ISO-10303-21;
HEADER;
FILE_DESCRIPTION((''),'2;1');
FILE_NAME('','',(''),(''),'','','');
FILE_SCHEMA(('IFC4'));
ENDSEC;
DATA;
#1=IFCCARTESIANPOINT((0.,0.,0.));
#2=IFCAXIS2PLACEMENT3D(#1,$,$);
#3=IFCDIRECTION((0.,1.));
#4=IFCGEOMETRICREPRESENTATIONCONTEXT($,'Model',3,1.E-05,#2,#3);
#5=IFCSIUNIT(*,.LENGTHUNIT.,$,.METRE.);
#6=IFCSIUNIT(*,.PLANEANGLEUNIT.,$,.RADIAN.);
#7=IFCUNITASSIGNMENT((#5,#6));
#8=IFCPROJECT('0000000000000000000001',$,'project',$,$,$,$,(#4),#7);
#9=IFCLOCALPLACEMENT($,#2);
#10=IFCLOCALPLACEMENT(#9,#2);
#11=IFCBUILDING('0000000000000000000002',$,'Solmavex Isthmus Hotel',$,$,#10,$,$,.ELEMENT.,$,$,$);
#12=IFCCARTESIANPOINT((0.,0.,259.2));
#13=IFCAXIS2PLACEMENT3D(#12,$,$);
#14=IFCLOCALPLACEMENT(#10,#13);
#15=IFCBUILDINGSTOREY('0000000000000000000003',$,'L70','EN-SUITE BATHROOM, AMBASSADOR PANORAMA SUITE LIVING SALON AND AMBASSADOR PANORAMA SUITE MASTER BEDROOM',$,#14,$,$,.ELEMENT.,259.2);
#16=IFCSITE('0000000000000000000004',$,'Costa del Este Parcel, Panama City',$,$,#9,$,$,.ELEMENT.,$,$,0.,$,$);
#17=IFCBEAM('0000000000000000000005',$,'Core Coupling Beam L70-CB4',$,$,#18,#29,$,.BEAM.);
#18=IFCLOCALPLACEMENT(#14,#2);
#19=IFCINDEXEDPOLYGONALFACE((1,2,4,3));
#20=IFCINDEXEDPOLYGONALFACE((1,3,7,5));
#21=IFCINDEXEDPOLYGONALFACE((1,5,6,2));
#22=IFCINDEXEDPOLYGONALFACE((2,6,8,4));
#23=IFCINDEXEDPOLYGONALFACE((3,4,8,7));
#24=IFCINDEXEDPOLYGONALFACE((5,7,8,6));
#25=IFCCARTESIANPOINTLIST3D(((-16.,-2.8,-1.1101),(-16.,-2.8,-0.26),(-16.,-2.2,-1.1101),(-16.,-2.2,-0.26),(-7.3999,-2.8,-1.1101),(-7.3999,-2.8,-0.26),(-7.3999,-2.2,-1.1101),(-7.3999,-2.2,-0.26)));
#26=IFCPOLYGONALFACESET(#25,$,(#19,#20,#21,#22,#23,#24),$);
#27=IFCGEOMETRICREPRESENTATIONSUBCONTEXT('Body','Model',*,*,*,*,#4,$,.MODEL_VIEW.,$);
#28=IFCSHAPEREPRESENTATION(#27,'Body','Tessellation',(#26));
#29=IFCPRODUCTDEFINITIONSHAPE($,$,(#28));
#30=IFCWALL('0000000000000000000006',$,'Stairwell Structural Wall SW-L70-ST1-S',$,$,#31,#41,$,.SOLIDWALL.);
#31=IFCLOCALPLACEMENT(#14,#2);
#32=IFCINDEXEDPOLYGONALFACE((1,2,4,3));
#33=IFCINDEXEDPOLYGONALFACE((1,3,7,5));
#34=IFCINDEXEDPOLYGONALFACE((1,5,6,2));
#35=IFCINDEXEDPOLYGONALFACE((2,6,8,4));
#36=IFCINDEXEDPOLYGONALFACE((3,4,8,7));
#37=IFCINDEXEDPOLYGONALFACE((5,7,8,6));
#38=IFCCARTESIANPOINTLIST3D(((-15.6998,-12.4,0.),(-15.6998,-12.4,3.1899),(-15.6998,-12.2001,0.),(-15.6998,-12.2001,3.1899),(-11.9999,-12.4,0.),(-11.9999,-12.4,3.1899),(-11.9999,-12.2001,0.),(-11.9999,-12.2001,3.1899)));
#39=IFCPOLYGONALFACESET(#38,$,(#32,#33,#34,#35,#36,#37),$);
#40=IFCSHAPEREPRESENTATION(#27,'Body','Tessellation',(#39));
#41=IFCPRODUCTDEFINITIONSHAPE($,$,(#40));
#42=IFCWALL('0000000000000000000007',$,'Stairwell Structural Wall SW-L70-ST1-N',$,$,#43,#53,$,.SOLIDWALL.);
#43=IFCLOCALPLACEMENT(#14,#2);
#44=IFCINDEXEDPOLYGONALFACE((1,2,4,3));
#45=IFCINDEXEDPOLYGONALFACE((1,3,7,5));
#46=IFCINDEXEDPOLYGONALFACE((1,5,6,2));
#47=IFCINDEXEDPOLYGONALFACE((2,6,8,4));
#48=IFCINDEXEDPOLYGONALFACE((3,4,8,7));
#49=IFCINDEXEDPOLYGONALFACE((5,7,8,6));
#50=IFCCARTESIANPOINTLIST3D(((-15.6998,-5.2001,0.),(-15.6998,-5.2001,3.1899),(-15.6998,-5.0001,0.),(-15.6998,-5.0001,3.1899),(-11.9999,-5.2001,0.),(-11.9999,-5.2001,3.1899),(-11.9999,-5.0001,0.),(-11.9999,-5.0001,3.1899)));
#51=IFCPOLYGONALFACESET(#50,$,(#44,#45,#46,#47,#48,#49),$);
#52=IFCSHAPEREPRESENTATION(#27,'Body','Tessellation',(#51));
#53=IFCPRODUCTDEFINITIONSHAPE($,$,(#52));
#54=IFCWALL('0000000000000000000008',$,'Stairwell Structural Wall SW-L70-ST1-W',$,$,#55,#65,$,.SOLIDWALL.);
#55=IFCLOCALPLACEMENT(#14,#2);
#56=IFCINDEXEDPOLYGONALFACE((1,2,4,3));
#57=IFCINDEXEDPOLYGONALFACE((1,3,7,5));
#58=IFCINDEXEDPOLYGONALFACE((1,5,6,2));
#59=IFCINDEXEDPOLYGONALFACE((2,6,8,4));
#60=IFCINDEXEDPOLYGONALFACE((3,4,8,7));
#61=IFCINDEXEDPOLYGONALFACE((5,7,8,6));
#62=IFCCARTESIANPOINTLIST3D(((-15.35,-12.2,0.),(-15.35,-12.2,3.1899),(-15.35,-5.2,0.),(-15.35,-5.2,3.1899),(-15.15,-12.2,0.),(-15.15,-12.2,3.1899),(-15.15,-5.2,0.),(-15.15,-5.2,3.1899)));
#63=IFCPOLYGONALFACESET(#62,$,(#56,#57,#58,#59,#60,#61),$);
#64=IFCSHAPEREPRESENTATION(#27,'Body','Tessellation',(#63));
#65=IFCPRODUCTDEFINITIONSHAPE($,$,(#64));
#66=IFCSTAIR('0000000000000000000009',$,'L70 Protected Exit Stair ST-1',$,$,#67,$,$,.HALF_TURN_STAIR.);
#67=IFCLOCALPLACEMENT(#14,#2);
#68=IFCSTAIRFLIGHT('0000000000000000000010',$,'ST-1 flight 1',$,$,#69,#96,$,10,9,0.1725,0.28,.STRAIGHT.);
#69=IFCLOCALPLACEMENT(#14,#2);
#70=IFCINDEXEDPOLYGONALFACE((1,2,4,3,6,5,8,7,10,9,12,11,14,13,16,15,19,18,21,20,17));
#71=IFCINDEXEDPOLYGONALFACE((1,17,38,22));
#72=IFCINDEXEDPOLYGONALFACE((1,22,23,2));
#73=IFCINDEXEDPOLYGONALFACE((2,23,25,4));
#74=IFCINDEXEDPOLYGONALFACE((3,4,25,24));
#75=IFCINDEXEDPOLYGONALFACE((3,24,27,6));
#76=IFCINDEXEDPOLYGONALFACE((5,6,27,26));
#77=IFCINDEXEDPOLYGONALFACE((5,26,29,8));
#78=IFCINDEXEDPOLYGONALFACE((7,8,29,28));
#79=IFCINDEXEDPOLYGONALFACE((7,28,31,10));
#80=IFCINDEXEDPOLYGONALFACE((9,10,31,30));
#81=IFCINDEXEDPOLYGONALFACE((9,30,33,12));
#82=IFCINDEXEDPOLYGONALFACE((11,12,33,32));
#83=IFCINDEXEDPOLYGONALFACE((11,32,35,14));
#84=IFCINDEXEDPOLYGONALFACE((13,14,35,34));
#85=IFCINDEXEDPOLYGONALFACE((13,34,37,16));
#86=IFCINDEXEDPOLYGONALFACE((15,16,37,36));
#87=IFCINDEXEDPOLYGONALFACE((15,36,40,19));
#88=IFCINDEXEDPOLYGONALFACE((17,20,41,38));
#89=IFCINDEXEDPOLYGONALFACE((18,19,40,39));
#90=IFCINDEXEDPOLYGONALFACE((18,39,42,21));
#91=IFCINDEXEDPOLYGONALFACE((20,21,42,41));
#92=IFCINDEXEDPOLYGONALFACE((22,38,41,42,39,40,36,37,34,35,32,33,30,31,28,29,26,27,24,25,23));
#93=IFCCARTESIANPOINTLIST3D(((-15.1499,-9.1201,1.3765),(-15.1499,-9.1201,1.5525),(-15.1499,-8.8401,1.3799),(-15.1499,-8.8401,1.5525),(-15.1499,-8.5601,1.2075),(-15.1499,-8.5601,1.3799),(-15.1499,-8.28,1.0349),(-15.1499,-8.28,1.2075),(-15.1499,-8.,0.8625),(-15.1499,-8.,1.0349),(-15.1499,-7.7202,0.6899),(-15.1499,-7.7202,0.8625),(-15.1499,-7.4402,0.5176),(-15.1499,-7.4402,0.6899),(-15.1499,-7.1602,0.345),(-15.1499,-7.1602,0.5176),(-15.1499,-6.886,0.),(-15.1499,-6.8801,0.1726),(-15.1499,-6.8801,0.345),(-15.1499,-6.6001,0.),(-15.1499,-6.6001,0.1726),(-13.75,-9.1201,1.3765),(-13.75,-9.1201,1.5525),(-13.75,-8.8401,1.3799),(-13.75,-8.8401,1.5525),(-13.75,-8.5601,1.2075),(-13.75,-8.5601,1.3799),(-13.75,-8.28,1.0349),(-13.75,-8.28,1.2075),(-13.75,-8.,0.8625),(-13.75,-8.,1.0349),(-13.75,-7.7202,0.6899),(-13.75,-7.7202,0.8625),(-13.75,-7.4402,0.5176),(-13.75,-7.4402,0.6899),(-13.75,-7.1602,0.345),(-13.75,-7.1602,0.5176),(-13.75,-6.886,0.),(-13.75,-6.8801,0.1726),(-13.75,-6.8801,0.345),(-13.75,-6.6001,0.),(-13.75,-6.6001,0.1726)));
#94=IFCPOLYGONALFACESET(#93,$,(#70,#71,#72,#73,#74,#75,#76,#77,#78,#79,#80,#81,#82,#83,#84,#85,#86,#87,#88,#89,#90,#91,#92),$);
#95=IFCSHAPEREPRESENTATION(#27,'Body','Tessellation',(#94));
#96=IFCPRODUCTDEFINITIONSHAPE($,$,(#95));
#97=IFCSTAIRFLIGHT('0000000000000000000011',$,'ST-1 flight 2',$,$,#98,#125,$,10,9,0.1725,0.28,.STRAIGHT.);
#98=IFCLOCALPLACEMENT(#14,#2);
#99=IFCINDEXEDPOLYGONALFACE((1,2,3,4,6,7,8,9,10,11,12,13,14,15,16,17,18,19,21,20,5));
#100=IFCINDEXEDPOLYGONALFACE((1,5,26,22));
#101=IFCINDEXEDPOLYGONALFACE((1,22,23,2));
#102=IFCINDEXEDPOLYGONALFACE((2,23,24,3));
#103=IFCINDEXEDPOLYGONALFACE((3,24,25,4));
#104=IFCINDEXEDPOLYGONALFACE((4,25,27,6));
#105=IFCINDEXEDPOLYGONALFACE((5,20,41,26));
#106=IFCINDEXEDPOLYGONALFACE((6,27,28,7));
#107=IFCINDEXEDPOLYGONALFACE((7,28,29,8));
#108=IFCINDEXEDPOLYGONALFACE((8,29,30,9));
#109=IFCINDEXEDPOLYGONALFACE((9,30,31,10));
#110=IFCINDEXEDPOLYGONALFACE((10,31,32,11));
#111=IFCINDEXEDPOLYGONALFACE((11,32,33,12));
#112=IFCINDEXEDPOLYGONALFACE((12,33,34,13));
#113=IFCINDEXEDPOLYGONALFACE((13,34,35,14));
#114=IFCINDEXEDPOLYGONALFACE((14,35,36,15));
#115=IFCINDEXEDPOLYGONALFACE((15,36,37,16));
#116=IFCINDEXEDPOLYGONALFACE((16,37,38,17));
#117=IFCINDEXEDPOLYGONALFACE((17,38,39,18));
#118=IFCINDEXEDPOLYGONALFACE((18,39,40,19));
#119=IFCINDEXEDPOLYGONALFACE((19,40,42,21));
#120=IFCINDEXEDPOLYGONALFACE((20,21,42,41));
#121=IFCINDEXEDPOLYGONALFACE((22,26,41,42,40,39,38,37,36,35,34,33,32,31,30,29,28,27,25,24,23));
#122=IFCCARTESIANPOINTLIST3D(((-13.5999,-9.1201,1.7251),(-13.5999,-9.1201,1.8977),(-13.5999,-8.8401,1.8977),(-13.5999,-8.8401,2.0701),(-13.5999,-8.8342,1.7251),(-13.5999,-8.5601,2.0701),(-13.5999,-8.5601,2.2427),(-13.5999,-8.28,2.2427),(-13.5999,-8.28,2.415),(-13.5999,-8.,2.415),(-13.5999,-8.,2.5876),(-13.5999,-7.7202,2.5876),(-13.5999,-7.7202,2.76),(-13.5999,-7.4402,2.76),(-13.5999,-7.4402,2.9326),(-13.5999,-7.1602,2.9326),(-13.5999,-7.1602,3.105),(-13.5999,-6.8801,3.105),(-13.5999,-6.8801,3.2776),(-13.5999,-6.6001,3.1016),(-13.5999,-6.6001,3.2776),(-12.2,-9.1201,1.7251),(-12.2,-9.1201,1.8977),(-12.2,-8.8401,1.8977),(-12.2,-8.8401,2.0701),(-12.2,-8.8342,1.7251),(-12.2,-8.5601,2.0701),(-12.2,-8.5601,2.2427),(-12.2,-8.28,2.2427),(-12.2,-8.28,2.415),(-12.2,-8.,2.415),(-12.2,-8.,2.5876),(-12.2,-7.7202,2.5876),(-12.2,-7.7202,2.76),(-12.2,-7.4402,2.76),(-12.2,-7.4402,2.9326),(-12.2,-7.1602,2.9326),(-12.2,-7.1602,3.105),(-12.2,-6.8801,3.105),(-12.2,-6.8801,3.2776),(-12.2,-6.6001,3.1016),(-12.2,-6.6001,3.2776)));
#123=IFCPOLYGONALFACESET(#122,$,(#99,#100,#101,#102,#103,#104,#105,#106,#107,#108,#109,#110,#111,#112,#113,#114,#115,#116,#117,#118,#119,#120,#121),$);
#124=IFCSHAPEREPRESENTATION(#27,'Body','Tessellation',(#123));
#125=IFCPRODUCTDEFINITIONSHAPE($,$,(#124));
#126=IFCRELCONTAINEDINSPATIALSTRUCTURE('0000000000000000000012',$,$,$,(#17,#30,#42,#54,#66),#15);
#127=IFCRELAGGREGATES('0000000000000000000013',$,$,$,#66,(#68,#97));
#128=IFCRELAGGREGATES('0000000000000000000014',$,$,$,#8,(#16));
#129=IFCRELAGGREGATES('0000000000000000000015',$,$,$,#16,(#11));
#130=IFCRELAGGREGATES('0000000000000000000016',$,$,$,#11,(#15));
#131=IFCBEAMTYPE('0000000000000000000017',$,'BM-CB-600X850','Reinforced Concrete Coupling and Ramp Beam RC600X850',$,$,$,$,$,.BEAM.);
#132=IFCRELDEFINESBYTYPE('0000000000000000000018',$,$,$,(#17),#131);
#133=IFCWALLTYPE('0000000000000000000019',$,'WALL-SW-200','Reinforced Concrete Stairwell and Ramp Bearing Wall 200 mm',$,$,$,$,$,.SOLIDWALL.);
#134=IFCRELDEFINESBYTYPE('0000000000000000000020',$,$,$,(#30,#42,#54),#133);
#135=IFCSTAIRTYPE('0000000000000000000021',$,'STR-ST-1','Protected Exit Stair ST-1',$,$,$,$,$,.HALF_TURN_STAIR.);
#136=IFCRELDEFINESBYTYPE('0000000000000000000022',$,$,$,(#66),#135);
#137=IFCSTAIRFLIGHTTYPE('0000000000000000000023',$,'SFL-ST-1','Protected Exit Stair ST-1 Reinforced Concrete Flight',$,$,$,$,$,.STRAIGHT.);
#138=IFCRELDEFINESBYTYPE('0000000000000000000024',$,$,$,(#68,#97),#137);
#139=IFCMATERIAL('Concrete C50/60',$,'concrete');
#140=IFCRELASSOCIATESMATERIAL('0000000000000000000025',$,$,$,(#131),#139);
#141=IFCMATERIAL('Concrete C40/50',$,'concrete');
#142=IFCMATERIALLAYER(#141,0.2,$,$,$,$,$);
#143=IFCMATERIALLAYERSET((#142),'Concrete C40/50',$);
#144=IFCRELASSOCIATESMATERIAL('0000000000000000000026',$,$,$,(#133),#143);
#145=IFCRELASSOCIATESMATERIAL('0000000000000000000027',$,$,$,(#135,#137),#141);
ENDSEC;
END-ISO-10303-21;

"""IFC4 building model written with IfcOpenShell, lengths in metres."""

from ifc_helpers import new_model, si_unit, direction, frame, frame_2d, origin, origin_2d, place, context, subcontext, project, spatial, polyline, rectangle, outline, extrude, material, layer, layer_set, material_profile, profile_set, type_object, element, aggregate, save


model = new_model("IFC4")

# Units and contexts
model_context = context("Model", 3, precision=1e-05, world=origin(), true_north=direction((0.0, 1.0)))
body_context = subcontext(model_context, "Body", "Model", "MODEL_VIEW")
ifc_project = project(units=[si_unit("LENGTHUNIT", "METRE"), si_unit("PLANEANGLEUNIT", "RADIAN")], contexts=[model_context])

# Site, building, storey
site_placement = place(None, origin())
site = spatial("IfcSite", under=ifc_project, at=site_placement, Name="Costa del Este Parcel, Panama City", CompositionType="ELEMENT", RefElevation=0.0)
building_placement = place(site_placement, origin())
building = spatial("IfcBuilding", under=site, at=building_placement, Name="Solmavex Isthmus Hotel", CompositionType="ELEMENT")
storey_placement = place(building_placement, frame((0.0, 0.0, 259.2)))
storey = spatial("IfcBuildingStorey", under=building, at=storey_placement, Name="L70", Description="EN-SUITE BATHROOM, AMBASSADOR PANORAMA SUITE LIVING SALON AND AMBASSADOR PANORAMA SUITE MASTER BEDROOM", CompositionType="ELEMENT", Elevation=259.2)

# Beam
ifc_material_1 = material(Name="Concrete C50/60", Category="concrete")
ifc_material_profile = material_profile(ifc_material_1, rectangle(XDim=0.6001, YDim=0.8501, at=origin_2d()), Name="RC600X850")
ifc_profile_set = profile_set([ifc_material_profile], Name="Concrete C50/60")
beam_type = type_object("IfcBeamType", Name="BM-CB-600X850", Description="Reinforced Concrete Coupling and Ramp Beam RC600X850", PredefinedType="BEAM", material=ifc_profile_set)
beam_placement = place(storey_placement, frame((-16.0, -2.5, -0.6851), z_axis=(1.0, 0.0, 0.0), x_axis=(0.0, 1.0, 0.0)))
element("IfcBeam", 1, at=beam_placement, inside=storey, type_object=beam_type, Name="Core Coupling Beam L70-CB4", PredefinedType="BEAM", context=body_context, shape_type="SweptSolid", body=[
    extrude(rectangle(XDim=0.6001, YDim=0.8501, at=origin_2d()), origin(), (0.0, 0.0, 1.0), 8.6001),
])

# Walls
ifc_material_2 = material(Name="Concrete C40/50", Category="concrete")
ifc_layer_1 = layer(ifc_material_2, 0.2)
ifc_layer_set_1 = layer_set([ifc_layer_1], Name="Concrete C40/50")
wall_type = type_object("IfcWallType", Name="WALL-SW-200", Description="Reinforced Concrete Stairwell and Ramp Bearing Wall 200 mm", PredefinedType="SOLIDWALL", material=ifc_layer_set_1)
for number, where, z_axis, x_axis, name in (
    (2, (-15.7, -12.3, 0.0), (0.0, 0.0, 1.0), (1.0, 0.0, 0.0), "Stairwell Structural Wall SW-L70-ST1-S"),
    (3, (-15.7, -5.1001, 0.0), (0.0, 0.0, 1.0), (1.0, 0.0, 0.0), "Stairwell Structural Wall SW-L70-ST1-N"),
):
    element("IfcWall", number, at=place(storey_placement, frame(where, z_axis=z_axis, x_axis=x_axis)), inside=storey, type_object=wall_type, Name=name, PredefinedType="SOLIDWALL", context=body_context, shape_type="SweptSolid", body=[
        extrude(rectangle(XDim=3.7, YDim=0.2, at=frame_2d((1.8501, 0.0))), origin(), (0.0, 0.0, 1.0), 3.1899),
    ])
wall_placement = place(storey_placement, frame((-15.25, -12.2, 0.0), z_axis=(0.0, 0.0, 1.0), x_axis=(0.0, 1.0, 0.0)))
element("IfcWall", 4, at=wall_placement, inside=storey, type_object=wall_type, Name="Stairwell Structural Wall SW-L70-ST1-W", PredefinedType="SOLIDWALL", context=body_context, shape_type="SweptSolid", body=[
    extrude(rectangle(XDim=7.0, YDim=0.2, at=frame_2d((3.5, 0.0))), origin(), (0.0, 0.0, 1.0), 3.1899),
])

# Stair, stair flights
stair_type = type_object("IfcStairType", Name="STR-ST-1", Description="Protected Exit Stair ST-1", PredefinedType="HALF_TURN_STAIR", material=ifc_material_2)
stair_placement = place(storey_placement, origin())
stair = element("IfcStair", 5, at=stair_placement, inside=storey, type_object=stair_type, Name="L70 Protected Exit Stair ST-1", PredefinedType="HALF_TURN_STAIR")
stair_flight_type = type_object("IfcStairFlightType", Name="SFL-ST-1", Description="Protected Exit Stair ST-1 Reinforced Concrete Flight", PredefinedType="STRAIGHT", material=ifc_material_2)
stair_flight_1_placement = place(storey_placement, frame((-14.45, -6.6001, 0.0), z_axis=(0.0, 0.0, 1.0), x_axis=(0.0, -1.0, 0.0)))
stair_flight_1 = element("IfcStairFlight", 6, at=stair_flight_1_placement, type_object=stair_flight_type, Name="ST-1 flight 1", NumberOfRisers=10, NumberOfTreads=9, PredefinedType="STRAIGHT", RiserHeight=0.1725, TreadLength=0.28, context=body_context, shape_type="SweptSolid", body=[
    extrude(outline(polyline([(0.0, 0.0), (0.0, 0.1726), (0.28, 0.1726), (0.28, 0.345), (0.5601, 0.345), (0.5601, 0.5176), (0.8401, 0.5176), (0.8401, 0.6899), (1.1201, 0.6899), (1.1201, 0.8625), (1.3999, 0.8625), (1.3999, 1.0349), (1.6799, 1.0349), (1.6799, 1.2075), (1.96, 1.2075), (1.96, 1.3799), (2.24, 1.3799), (2.24, 1.5525), (2.52, 1.5525), (2.52, 1.7251), (2.52, 1.3765), (0.2859, 0.0), (0.0, 0.0)])), frame((0.0, 0.7, 0.0), z_axis=(0.0, -1.0, 0.0), x_axis=(1.0, 0.0, 0.0)), (0.0, 0.0, 1.0), 1.3999),
])
stair_flight_2_placement = place(storey_placement, frame((-12.8999, -9.1201, 1.7251), z_axis=(0.0, 0.0, 1.0), x_axis=(0.0, 1.0, 0.0)))
stair_flight_2 = element("IfcStairFlight", 7, at=stair_flight_2_placement, type_object=stair_flight_type, Name="ST-1 flight 2", NumberOfRisers=10, NumberOfTreads=9, PredefinedType="STRAIGHT", RiserHeight=0.1725, TreadLength=0.28, context=body_context, shape_type="SweptSolid", body=[
    extrude(outline(polyline([(0.0, 0.0), (0.0, 0.1726), (0.28, 0.1726), (0.28, 0.345), (0.5601, 0.345), (0.5601, 0.5176), (0.8401, 0.5176), (0.8401, 0.6899), (1.1201, 0.6899), (1.1201, 0.8625), (1.3999, 0.8625), (1.3999, 1.0349), (1.6799, 1.0349), (1.6799, 1.2075), (1.96, 1.2075), (1.96, 1.3799), (2.24, 1.3799), (2.24, 1.5525), (2.52, 1.5525), (2.52, 1.7251), (2.52, 1.3765), (0.2859, 0.0), (0.0, 0.0)])), frame((0.0, 0.7, 0.0), z_axis=(0.0, -1.0, 0.0), x_axis=(1.0, 0.0, 0.0)), (0.0, 0.0, 1.0), 1.3999),
])
aggregate(stair, [stair_flight_1, stair_flight_2])

save(model, "model.ifc")
